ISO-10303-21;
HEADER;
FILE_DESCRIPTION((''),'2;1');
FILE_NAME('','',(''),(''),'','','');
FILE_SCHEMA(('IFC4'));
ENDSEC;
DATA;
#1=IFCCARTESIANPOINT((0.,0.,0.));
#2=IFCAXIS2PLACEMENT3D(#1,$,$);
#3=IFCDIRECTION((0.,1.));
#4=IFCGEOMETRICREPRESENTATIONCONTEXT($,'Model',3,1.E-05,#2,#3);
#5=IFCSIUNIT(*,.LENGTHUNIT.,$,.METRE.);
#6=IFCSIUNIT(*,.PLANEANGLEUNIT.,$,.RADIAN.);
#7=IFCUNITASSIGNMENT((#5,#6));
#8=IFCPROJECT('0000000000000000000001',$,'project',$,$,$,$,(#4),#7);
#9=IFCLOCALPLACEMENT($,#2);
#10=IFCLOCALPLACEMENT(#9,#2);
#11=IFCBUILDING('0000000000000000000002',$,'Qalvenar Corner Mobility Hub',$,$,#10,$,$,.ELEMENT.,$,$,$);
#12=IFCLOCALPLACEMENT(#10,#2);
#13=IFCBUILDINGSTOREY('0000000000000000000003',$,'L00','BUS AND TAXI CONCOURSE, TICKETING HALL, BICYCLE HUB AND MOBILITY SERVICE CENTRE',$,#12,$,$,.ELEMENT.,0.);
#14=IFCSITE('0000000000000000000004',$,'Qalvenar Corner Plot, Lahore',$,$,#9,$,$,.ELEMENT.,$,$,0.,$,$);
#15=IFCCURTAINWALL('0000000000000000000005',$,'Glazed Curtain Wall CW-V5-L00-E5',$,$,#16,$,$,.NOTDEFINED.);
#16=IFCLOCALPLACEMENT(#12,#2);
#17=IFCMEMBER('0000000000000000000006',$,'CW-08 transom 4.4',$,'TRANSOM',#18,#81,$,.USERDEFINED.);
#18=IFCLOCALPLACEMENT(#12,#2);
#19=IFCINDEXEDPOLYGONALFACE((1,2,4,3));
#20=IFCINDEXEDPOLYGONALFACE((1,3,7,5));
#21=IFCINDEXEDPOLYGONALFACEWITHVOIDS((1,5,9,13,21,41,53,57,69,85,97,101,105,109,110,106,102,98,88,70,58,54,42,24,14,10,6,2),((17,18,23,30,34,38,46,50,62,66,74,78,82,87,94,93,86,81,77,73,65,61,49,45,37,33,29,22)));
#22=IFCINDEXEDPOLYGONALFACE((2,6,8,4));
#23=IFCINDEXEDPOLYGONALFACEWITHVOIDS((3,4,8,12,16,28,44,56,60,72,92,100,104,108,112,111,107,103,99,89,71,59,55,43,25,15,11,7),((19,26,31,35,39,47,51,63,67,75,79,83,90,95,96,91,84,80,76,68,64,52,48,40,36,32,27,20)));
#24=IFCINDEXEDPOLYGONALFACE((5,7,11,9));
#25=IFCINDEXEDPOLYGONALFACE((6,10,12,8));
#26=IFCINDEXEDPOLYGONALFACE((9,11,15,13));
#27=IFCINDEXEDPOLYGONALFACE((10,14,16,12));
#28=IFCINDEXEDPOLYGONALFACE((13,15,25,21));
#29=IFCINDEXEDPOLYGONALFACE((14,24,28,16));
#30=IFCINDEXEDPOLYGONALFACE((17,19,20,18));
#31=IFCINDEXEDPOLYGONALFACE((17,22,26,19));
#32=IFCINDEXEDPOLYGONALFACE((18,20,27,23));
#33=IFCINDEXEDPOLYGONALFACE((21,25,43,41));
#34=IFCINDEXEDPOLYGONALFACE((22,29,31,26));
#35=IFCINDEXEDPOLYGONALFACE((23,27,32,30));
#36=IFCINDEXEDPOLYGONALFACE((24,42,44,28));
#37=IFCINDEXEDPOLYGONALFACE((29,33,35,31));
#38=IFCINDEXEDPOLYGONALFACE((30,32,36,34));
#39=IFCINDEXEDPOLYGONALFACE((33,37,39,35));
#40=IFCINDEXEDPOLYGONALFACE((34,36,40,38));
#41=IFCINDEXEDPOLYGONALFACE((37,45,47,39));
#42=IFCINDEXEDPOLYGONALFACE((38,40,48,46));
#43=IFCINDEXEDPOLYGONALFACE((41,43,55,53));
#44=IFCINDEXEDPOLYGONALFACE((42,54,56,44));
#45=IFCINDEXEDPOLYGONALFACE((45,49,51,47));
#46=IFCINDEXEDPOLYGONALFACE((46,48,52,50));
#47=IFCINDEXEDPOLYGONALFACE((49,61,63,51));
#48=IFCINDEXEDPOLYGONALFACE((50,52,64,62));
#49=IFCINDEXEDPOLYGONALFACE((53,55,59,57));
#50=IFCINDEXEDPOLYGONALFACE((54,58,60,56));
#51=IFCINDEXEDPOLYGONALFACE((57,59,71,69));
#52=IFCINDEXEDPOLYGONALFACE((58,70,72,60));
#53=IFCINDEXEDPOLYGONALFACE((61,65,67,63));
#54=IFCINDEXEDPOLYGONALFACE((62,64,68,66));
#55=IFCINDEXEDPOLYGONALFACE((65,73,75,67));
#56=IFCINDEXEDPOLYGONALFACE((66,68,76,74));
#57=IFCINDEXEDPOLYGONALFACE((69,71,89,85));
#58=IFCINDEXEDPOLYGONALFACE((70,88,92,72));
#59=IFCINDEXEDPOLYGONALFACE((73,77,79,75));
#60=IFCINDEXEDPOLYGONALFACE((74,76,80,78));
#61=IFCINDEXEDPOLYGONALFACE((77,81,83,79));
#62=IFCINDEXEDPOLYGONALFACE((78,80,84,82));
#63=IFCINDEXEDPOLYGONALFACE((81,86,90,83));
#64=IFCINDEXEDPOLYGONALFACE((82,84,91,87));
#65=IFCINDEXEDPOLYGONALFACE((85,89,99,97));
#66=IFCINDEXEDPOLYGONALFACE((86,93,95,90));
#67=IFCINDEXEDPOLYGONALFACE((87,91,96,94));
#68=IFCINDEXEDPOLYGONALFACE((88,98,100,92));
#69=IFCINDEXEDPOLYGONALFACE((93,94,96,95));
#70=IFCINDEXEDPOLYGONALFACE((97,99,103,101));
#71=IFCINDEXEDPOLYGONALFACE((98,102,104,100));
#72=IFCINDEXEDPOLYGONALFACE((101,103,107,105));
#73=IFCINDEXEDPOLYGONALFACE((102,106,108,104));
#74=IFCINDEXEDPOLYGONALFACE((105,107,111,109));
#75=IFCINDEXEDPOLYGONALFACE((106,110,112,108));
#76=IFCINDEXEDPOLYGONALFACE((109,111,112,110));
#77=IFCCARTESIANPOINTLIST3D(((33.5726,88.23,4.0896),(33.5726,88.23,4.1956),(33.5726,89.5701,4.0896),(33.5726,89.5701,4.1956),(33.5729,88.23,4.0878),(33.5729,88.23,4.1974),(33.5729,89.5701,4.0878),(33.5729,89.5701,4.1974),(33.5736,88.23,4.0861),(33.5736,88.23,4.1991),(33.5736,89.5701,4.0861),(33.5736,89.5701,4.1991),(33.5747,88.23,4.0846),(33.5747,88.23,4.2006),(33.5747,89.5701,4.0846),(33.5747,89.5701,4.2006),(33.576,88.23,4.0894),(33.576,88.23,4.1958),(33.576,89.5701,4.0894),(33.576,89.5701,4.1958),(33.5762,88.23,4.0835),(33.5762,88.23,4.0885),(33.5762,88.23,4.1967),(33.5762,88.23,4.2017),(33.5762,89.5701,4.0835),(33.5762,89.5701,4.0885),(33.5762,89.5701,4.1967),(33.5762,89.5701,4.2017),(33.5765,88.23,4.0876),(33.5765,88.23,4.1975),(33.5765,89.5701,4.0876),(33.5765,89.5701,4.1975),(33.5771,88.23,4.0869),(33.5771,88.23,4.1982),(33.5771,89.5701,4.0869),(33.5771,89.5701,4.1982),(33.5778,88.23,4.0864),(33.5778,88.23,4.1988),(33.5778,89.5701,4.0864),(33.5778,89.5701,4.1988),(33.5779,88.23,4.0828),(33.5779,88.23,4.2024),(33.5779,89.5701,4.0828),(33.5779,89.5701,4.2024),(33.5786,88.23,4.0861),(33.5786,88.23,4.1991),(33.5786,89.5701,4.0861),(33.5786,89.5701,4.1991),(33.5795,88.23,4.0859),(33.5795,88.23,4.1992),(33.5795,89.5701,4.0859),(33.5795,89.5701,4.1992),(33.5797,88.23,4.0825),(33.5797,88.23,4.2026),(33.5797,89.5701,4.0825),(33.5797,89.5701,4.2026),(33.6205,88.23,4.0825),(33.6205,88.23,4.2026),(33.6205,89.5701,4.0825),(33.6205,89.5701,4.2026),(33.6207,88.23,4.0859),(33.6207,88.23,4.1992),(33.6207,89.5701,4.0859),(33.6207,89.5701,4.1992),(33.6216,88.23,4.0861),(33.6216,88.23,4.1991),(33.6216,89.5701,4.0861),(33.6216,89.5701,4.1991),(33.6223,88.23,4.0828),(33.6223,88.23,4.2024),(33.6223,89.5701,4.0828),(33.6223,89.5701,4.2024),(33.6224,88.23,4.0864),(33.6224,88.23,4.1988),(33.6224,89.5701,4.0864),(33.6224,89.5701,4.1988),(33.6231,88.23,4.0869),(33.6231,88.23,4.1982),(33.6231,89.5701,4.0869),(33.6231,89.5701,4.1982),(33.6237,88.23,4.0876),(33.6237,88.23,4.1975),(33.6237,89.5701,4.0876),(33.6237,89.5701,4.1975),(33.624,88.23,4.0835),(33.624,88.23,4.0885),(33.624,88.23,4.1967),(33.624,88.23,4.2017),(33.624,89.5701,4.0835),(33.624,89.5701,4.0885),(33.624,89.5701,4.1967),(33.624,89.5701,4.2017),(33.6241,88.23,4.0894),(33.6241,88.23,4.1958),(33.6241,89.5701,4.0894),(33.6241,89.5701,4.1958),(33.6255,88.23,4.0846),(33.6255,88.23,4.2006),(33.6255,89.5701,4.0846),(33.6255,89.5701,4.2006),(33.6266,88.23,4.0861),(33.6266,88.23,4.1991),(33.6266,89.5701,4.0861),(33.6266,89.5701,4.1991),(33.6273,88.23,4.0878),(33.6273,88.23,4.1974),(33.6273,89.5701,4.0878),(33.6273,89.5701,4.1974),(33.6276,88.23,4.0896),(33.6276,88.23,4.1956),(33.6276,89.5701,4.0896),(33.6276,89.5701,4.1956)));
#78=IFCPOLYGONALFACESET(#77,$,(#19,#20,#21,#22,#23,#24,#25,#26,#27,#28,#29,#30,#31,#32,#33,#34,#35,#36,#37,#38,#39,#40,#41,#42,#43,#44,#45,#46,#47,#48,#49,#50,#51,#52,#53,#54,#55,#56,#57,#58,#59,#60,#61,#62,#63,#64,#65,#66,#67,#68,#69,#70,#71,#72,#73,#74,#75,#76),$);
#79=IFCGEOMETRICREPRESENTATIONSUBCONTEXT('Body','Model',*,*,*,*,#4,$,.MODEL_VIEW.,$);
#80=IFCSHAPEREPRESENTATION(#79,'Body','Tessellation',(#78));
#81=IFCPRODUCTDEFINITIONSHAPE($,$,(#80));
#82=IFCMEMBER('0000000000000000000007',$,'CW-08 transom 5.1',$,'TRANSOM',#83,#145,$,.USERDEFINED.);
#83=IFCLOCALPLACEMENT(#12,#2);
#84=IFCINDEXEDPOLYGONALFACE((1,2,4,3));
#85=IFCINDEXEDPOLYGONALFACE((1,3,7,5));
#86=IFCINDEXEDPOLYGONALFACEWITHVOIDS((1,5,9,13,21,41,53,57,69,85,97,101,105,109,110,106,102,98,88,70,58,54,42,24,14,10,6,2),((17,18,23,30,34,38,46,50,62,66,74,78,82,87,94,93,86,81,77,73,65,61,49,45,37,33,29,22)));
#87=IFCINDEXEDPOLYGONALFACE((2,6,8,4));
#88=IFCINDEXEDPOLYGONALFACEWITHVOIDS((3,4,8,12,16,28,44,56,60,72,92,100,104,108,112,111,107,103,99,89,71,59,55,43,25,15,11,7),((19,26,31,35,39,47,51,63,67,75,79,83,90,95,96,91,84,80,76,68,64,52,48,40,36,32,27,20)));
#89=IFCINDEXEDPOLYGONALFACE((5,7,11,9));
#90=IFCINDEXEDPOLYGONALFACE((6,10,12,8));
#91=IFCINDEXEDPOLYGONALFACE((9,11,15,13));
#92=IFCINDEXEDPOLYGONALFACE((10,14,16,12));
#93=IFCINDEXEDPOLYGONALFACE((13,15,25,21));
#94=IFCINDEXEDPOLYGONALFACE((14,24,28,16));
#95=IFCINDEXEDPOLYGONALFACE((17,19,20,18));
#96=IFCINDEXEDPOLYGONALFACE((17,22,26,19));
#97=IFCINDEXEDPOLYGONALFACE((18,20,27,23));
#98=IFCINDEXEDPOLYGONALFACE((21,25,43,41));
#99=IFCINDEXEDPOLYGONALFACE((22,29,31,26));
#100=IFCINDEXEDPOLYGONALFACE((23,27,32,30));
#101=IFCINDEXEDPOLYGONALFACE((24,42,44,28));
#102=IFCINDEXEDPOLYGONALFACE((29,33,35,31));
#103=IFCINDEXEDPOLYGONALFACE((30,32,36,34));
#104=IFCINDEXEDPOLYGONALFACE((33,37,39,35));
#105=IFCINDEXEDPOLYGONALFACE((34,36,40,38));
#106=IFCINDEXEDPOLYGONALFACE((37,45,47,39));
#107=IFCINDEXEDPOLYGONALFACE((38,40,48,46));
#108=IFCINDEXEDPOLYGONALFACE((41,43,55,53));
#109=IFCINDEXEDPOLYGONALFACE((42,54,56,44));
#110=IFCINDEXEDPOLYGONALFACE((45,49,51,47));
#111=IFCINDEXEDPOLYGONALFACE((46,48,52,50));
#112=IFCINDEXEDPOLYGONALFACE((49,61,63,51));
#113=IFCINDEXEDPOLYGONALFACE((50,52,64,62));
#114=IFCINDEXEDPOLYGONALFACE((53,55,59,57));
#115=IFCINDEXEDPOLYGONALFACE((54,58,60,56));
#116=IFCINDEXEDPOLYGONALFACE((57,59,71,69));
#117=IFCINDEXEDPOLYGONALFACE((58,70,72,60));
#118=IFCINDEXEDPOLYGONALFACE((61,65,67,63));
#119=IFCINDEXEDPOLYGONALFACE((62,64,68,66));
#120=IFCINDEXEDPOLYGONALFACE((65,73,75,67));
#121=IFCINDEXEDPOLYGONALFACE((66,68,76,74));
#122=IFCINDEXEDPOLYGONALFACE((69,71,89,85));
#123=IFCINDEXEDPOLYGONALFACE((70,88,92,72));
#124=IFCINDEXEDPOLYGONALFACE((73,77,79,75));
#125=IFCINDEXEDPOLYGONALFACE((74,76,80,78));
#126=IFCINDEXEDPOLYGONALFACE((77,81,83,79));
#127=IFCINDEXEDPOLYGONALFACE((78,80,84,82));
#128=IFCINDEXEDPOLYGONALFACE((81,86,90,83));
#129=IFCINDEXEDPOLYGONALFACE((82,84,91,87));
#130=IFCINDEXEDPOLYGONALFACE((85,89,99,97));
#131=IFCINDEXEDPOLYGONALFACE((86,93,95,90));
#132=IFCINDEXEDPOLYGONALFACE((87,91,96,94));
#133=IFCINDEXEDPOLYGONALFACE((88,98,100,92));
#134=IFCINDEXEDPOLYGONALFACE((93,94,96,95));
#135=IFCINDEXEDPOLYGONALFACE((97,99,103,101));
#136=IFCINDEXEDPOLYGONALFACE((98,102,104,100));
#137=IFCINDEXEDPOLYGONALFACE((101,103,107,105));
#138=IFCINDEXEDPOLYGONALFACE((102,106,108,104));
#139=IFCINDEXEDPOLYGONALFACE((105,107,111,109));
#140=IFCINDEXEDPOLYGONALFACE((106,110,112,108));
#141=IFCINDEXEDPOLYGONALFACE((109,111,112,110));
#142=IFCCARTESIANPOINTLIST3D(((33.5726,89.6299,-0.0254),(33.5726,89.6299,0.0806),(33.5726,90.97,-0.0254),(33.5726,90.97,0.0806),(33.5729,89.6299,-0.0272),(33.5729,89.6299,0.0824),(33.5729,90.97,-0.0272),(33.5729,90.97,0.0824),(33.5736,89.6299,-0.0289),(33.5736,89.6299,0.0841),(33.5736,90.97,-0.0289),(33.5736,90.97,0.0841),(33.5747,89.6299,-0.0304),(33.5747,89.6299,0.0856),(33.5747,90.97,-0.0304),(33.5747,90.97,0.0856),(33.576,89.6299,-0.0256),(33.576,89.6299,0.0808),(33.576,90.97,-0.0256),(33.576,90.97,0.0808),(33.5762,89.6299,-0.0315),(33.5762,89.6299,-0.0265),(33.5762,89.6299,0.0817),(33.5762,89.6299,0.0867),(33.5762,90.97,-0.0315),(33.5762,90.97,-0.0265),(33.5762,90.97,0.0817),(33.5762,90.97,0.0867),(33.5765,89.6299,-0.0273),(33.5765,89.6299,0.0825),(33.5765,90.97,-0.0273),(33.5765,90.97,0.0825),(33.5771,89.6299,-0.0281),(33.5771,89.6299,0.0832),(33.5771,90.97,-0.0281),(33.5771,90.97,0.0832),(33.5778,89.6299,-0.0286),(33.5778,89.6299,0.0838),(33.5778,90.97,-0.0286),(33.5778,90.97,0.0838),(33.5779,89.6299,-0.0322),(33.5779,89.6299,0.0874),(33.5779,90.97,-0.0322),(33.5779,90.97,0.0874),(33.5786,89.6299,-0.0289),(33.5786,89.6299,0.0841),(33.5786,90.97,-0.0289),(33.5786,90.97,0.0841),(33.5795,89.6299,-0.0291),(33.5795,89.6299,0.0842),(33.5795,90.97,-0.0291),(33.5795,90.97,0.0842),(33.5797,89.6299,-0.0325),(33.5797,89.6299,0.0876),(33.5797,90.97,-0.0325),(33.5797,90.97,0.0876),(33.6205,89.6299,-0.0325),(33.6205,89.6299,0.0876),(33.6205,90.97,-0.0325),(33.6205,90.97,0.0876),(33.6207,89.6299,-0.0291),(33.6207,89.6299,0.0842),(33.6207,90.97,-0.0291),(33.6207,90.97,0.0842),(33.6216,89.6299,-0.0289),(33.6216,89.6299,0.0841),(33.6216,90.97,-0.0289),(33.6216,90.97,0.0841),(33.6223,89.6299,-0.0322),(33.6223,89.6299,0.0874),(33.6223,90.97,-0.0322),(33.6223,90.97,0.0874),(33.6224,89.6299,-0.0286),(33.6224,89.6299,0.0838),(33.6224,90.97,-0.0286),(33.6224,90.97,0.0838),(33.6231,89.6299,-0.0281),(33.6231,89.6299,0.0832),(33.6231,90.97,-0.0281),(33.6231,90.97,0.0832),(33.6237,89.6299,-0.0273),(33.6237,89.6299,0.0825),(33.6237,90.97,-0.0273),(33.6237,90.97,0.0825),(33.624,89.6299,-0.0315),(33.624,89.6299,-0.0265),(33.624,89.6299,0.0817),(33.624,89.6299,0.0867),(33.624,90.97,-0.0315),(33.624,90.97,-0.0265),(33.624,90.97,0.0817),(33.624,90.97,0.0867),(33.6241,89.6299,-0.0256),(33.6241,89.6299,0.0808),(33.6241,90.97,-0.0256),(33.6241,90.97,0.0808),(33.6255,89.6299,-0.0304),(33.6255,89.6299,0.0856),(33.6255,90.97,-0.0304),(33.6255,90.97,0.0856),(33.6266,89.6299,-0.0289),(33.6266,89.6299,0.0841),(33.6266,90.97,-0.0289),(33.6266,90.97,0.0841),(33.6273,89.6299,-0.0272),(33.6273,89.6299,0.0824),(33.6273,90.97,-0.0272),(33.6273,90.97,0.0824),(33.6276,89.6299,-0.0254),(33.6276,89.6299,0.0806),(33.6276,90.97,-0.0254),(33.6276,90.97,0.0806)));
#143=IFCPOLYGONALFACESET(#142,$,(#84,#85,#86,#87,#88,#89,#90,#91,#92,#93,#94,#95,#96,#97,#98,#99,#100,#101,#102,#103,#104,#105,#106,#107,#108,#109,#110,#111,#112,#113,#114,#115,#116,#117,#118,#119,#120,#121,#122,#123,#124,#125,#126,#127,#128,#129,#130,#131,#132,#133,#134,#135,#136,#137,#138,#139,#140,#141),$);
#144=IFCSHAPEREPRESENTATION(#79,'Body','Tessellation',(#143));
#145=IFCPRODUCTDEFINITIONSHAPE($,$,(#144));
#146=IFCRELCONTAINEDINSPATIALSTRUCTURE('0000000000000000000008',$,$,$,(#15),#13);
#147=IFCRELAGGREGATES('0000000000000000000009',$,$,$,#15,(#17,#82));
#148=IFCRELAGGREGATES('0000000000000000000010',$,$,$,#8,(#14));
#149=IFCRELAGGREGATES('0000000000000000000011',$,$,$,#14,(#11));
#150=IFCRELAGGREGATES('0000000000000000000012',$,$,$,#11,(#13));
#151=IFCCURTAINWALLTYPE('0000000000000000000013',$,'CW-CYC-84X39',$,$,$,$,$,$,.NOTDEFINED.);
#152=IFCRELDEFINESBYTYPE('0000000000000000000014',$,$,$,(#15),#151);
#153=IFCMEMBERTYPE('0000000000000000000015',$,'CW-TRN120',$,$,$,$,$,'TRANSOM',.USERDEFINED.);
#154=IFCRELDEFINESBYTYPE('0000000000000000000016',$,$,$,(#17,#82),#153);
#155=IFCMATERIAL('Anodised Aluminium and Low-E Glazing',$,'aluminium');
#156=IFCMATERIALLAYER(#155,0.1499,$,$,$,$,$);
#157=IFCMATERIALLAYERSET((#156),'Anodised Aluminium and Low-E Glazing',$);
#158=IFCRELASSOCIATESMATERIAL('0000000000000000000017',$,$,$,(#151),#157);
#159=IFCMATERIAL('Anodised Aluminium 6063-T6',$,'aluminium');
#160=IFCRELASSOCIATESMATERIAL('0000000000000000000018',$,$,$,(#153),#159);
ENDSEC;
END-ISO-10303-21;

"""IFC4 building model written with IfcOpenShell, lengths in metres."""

from ifc_helpers import new_model, si_unit, direction, frame, origin, origin_2d, place, context, subcontext, project, spatial, hollow_rectangle, extrude, material, layer, layer_set, material_profile, profile_set, type_object, element, aggregate, save


model = new_model("IFC4")

# Units and contexts
model_context = context("Model", 3, precision=1e-05, world=origin(), true_north=direction((0.0, 1.0)))
body_context = subcontext(model_context, "Body", "Model", "MODEL_VIEW")
ifc_project = project(units=[si_unit("LENGTHUNIT", "METRE"), si_unit("PLANEANGLEUNIT", "RADIAN")], contexts=[model_context])

# Site, building, storey
site_placement = place(None, origin())
site = spatial("IfcSite", under=ifc_project, at=site_placement, Name="Qalvenar Corner Plot, Lahore", CompositionType="ELEMENT", RefElevation=0.0)
building_placement = place(site_placement, origin())
building = spatial("IfcBuilding", under=site, at=building_placement, Name="Qalvenar Corner Mobility Hub", CompositionType="ELEMENT")
storey_placement = place(building_placement, origin())
storey = spatial("IfcBuildingStorey", under=building, at=storey_placement, Name="L00", Description="BUS AND TAXI CONCOURSE, TICKETING HALL, BICYCLE HUB AND MOBILITY SERVICE CENTRE", CompositionType="ELEMENT", Elevation=0.0)

# Curtain wall, members
ifc_material_1 = material(Name="Anodised Aluminium and Low-E Glazing", Category="aluminium")
ifc_layer_1 = layer(ifc_material_1, 0.1499)
ifc_layer_set_1 = layer_set([ifc_layer_1], Name="Anodised Aluminium and Low-E Glazing")
curtain_wall_type = type_object("IfcCurtainWallType", Name="CW-CYC-84X39", PredefinedType="NOTDEFINED", material=ifc_layer_set_1)
curtain_wall_placement = place(storey_placement, origin())
curtain_wall = element("IfcCurtainWall", 1, at=curtain_wall_placement, inside=storey, type_object=curtain_wall_type, Name="Glazed Curtain Wall CW-V5-L00-E5", PredefinedType="NOTDEFINED")
ifc_material_2 = material(Name="Anodised Aluminium 6063-T6", Category="aluminium")
ifc_material_profile_1 = material_profile(ifc_material_2, hollow_rectangle(XDim=0.0549, YDim=0.1201, WallThickness=0.0034, InnerFilletRadius=0.0034, OuterFilletRadius=0.0071, at=origin_2d()), Name="RHS120x55x3.5")
ifc_profile_set_1 = profile_set([ifc_material_profile_1], Name="Anodised Aluminium 6063-T6")
member_type_1 = type_object("IfcMemberType", Name="CW-TRN120", ElementType="TRANSOM", PredefinedType="USERDEFINED", material=ifc_profile_set_1)
member_1_placement = place(storey_placement, frame((33.6001, 88.23, 4.1426), z_axis=(0.0, 1.0, 0.0), x_axis=(-1.0, 0.0, 0.0)))
member_1 = element("IfcMember", 2, at=member_1_placement, type_object=member_type_1, Name="CW-08 transom 4.4", ObjectType="TRANSOM", PredefinedType="USERDEFINED", context=body_context, shape_type="SweptSolid", body=[
    extrude(hollow_rectangle(XDim=0.0549, YDim=0.1201, WallThickness=0.0034, InnerFilletRadius=0.0034, OuterFilletRadius=0.0071, at=origin_2d()), origin(), (0.0, 0.0, 1.0), 1.3401),
])
member_2_placement = place(storey_placement, frame((33.6001, 89.6299, 0.0276), z_axis=(0.0, 1.0, 0.0), x_axis=(-1.0, 0.0, 0.0)))
member_2 = element("IfcMember", 3, at=member_2_placement, type_object=member_type_1, Name="CW-08 transom 5.1", ObjectType="TRANSOM", PredefinedType="USERDEFINED", context=body_context, shape_type="SweptSolid", body=[
    extrude(hollow_rectangle(XDim=0.0549, YDim=0.1201, WallThickness=0.0034, InnerFilletRadius=0.0034, OuterFilletRadius=0.0071, at=origin_2d()), origin(), (0.0, 0.0, 1.0), 1.3401),
])
aggregate(curtain_wall, [member_1, member_2])

save(model, "model.ifc")
